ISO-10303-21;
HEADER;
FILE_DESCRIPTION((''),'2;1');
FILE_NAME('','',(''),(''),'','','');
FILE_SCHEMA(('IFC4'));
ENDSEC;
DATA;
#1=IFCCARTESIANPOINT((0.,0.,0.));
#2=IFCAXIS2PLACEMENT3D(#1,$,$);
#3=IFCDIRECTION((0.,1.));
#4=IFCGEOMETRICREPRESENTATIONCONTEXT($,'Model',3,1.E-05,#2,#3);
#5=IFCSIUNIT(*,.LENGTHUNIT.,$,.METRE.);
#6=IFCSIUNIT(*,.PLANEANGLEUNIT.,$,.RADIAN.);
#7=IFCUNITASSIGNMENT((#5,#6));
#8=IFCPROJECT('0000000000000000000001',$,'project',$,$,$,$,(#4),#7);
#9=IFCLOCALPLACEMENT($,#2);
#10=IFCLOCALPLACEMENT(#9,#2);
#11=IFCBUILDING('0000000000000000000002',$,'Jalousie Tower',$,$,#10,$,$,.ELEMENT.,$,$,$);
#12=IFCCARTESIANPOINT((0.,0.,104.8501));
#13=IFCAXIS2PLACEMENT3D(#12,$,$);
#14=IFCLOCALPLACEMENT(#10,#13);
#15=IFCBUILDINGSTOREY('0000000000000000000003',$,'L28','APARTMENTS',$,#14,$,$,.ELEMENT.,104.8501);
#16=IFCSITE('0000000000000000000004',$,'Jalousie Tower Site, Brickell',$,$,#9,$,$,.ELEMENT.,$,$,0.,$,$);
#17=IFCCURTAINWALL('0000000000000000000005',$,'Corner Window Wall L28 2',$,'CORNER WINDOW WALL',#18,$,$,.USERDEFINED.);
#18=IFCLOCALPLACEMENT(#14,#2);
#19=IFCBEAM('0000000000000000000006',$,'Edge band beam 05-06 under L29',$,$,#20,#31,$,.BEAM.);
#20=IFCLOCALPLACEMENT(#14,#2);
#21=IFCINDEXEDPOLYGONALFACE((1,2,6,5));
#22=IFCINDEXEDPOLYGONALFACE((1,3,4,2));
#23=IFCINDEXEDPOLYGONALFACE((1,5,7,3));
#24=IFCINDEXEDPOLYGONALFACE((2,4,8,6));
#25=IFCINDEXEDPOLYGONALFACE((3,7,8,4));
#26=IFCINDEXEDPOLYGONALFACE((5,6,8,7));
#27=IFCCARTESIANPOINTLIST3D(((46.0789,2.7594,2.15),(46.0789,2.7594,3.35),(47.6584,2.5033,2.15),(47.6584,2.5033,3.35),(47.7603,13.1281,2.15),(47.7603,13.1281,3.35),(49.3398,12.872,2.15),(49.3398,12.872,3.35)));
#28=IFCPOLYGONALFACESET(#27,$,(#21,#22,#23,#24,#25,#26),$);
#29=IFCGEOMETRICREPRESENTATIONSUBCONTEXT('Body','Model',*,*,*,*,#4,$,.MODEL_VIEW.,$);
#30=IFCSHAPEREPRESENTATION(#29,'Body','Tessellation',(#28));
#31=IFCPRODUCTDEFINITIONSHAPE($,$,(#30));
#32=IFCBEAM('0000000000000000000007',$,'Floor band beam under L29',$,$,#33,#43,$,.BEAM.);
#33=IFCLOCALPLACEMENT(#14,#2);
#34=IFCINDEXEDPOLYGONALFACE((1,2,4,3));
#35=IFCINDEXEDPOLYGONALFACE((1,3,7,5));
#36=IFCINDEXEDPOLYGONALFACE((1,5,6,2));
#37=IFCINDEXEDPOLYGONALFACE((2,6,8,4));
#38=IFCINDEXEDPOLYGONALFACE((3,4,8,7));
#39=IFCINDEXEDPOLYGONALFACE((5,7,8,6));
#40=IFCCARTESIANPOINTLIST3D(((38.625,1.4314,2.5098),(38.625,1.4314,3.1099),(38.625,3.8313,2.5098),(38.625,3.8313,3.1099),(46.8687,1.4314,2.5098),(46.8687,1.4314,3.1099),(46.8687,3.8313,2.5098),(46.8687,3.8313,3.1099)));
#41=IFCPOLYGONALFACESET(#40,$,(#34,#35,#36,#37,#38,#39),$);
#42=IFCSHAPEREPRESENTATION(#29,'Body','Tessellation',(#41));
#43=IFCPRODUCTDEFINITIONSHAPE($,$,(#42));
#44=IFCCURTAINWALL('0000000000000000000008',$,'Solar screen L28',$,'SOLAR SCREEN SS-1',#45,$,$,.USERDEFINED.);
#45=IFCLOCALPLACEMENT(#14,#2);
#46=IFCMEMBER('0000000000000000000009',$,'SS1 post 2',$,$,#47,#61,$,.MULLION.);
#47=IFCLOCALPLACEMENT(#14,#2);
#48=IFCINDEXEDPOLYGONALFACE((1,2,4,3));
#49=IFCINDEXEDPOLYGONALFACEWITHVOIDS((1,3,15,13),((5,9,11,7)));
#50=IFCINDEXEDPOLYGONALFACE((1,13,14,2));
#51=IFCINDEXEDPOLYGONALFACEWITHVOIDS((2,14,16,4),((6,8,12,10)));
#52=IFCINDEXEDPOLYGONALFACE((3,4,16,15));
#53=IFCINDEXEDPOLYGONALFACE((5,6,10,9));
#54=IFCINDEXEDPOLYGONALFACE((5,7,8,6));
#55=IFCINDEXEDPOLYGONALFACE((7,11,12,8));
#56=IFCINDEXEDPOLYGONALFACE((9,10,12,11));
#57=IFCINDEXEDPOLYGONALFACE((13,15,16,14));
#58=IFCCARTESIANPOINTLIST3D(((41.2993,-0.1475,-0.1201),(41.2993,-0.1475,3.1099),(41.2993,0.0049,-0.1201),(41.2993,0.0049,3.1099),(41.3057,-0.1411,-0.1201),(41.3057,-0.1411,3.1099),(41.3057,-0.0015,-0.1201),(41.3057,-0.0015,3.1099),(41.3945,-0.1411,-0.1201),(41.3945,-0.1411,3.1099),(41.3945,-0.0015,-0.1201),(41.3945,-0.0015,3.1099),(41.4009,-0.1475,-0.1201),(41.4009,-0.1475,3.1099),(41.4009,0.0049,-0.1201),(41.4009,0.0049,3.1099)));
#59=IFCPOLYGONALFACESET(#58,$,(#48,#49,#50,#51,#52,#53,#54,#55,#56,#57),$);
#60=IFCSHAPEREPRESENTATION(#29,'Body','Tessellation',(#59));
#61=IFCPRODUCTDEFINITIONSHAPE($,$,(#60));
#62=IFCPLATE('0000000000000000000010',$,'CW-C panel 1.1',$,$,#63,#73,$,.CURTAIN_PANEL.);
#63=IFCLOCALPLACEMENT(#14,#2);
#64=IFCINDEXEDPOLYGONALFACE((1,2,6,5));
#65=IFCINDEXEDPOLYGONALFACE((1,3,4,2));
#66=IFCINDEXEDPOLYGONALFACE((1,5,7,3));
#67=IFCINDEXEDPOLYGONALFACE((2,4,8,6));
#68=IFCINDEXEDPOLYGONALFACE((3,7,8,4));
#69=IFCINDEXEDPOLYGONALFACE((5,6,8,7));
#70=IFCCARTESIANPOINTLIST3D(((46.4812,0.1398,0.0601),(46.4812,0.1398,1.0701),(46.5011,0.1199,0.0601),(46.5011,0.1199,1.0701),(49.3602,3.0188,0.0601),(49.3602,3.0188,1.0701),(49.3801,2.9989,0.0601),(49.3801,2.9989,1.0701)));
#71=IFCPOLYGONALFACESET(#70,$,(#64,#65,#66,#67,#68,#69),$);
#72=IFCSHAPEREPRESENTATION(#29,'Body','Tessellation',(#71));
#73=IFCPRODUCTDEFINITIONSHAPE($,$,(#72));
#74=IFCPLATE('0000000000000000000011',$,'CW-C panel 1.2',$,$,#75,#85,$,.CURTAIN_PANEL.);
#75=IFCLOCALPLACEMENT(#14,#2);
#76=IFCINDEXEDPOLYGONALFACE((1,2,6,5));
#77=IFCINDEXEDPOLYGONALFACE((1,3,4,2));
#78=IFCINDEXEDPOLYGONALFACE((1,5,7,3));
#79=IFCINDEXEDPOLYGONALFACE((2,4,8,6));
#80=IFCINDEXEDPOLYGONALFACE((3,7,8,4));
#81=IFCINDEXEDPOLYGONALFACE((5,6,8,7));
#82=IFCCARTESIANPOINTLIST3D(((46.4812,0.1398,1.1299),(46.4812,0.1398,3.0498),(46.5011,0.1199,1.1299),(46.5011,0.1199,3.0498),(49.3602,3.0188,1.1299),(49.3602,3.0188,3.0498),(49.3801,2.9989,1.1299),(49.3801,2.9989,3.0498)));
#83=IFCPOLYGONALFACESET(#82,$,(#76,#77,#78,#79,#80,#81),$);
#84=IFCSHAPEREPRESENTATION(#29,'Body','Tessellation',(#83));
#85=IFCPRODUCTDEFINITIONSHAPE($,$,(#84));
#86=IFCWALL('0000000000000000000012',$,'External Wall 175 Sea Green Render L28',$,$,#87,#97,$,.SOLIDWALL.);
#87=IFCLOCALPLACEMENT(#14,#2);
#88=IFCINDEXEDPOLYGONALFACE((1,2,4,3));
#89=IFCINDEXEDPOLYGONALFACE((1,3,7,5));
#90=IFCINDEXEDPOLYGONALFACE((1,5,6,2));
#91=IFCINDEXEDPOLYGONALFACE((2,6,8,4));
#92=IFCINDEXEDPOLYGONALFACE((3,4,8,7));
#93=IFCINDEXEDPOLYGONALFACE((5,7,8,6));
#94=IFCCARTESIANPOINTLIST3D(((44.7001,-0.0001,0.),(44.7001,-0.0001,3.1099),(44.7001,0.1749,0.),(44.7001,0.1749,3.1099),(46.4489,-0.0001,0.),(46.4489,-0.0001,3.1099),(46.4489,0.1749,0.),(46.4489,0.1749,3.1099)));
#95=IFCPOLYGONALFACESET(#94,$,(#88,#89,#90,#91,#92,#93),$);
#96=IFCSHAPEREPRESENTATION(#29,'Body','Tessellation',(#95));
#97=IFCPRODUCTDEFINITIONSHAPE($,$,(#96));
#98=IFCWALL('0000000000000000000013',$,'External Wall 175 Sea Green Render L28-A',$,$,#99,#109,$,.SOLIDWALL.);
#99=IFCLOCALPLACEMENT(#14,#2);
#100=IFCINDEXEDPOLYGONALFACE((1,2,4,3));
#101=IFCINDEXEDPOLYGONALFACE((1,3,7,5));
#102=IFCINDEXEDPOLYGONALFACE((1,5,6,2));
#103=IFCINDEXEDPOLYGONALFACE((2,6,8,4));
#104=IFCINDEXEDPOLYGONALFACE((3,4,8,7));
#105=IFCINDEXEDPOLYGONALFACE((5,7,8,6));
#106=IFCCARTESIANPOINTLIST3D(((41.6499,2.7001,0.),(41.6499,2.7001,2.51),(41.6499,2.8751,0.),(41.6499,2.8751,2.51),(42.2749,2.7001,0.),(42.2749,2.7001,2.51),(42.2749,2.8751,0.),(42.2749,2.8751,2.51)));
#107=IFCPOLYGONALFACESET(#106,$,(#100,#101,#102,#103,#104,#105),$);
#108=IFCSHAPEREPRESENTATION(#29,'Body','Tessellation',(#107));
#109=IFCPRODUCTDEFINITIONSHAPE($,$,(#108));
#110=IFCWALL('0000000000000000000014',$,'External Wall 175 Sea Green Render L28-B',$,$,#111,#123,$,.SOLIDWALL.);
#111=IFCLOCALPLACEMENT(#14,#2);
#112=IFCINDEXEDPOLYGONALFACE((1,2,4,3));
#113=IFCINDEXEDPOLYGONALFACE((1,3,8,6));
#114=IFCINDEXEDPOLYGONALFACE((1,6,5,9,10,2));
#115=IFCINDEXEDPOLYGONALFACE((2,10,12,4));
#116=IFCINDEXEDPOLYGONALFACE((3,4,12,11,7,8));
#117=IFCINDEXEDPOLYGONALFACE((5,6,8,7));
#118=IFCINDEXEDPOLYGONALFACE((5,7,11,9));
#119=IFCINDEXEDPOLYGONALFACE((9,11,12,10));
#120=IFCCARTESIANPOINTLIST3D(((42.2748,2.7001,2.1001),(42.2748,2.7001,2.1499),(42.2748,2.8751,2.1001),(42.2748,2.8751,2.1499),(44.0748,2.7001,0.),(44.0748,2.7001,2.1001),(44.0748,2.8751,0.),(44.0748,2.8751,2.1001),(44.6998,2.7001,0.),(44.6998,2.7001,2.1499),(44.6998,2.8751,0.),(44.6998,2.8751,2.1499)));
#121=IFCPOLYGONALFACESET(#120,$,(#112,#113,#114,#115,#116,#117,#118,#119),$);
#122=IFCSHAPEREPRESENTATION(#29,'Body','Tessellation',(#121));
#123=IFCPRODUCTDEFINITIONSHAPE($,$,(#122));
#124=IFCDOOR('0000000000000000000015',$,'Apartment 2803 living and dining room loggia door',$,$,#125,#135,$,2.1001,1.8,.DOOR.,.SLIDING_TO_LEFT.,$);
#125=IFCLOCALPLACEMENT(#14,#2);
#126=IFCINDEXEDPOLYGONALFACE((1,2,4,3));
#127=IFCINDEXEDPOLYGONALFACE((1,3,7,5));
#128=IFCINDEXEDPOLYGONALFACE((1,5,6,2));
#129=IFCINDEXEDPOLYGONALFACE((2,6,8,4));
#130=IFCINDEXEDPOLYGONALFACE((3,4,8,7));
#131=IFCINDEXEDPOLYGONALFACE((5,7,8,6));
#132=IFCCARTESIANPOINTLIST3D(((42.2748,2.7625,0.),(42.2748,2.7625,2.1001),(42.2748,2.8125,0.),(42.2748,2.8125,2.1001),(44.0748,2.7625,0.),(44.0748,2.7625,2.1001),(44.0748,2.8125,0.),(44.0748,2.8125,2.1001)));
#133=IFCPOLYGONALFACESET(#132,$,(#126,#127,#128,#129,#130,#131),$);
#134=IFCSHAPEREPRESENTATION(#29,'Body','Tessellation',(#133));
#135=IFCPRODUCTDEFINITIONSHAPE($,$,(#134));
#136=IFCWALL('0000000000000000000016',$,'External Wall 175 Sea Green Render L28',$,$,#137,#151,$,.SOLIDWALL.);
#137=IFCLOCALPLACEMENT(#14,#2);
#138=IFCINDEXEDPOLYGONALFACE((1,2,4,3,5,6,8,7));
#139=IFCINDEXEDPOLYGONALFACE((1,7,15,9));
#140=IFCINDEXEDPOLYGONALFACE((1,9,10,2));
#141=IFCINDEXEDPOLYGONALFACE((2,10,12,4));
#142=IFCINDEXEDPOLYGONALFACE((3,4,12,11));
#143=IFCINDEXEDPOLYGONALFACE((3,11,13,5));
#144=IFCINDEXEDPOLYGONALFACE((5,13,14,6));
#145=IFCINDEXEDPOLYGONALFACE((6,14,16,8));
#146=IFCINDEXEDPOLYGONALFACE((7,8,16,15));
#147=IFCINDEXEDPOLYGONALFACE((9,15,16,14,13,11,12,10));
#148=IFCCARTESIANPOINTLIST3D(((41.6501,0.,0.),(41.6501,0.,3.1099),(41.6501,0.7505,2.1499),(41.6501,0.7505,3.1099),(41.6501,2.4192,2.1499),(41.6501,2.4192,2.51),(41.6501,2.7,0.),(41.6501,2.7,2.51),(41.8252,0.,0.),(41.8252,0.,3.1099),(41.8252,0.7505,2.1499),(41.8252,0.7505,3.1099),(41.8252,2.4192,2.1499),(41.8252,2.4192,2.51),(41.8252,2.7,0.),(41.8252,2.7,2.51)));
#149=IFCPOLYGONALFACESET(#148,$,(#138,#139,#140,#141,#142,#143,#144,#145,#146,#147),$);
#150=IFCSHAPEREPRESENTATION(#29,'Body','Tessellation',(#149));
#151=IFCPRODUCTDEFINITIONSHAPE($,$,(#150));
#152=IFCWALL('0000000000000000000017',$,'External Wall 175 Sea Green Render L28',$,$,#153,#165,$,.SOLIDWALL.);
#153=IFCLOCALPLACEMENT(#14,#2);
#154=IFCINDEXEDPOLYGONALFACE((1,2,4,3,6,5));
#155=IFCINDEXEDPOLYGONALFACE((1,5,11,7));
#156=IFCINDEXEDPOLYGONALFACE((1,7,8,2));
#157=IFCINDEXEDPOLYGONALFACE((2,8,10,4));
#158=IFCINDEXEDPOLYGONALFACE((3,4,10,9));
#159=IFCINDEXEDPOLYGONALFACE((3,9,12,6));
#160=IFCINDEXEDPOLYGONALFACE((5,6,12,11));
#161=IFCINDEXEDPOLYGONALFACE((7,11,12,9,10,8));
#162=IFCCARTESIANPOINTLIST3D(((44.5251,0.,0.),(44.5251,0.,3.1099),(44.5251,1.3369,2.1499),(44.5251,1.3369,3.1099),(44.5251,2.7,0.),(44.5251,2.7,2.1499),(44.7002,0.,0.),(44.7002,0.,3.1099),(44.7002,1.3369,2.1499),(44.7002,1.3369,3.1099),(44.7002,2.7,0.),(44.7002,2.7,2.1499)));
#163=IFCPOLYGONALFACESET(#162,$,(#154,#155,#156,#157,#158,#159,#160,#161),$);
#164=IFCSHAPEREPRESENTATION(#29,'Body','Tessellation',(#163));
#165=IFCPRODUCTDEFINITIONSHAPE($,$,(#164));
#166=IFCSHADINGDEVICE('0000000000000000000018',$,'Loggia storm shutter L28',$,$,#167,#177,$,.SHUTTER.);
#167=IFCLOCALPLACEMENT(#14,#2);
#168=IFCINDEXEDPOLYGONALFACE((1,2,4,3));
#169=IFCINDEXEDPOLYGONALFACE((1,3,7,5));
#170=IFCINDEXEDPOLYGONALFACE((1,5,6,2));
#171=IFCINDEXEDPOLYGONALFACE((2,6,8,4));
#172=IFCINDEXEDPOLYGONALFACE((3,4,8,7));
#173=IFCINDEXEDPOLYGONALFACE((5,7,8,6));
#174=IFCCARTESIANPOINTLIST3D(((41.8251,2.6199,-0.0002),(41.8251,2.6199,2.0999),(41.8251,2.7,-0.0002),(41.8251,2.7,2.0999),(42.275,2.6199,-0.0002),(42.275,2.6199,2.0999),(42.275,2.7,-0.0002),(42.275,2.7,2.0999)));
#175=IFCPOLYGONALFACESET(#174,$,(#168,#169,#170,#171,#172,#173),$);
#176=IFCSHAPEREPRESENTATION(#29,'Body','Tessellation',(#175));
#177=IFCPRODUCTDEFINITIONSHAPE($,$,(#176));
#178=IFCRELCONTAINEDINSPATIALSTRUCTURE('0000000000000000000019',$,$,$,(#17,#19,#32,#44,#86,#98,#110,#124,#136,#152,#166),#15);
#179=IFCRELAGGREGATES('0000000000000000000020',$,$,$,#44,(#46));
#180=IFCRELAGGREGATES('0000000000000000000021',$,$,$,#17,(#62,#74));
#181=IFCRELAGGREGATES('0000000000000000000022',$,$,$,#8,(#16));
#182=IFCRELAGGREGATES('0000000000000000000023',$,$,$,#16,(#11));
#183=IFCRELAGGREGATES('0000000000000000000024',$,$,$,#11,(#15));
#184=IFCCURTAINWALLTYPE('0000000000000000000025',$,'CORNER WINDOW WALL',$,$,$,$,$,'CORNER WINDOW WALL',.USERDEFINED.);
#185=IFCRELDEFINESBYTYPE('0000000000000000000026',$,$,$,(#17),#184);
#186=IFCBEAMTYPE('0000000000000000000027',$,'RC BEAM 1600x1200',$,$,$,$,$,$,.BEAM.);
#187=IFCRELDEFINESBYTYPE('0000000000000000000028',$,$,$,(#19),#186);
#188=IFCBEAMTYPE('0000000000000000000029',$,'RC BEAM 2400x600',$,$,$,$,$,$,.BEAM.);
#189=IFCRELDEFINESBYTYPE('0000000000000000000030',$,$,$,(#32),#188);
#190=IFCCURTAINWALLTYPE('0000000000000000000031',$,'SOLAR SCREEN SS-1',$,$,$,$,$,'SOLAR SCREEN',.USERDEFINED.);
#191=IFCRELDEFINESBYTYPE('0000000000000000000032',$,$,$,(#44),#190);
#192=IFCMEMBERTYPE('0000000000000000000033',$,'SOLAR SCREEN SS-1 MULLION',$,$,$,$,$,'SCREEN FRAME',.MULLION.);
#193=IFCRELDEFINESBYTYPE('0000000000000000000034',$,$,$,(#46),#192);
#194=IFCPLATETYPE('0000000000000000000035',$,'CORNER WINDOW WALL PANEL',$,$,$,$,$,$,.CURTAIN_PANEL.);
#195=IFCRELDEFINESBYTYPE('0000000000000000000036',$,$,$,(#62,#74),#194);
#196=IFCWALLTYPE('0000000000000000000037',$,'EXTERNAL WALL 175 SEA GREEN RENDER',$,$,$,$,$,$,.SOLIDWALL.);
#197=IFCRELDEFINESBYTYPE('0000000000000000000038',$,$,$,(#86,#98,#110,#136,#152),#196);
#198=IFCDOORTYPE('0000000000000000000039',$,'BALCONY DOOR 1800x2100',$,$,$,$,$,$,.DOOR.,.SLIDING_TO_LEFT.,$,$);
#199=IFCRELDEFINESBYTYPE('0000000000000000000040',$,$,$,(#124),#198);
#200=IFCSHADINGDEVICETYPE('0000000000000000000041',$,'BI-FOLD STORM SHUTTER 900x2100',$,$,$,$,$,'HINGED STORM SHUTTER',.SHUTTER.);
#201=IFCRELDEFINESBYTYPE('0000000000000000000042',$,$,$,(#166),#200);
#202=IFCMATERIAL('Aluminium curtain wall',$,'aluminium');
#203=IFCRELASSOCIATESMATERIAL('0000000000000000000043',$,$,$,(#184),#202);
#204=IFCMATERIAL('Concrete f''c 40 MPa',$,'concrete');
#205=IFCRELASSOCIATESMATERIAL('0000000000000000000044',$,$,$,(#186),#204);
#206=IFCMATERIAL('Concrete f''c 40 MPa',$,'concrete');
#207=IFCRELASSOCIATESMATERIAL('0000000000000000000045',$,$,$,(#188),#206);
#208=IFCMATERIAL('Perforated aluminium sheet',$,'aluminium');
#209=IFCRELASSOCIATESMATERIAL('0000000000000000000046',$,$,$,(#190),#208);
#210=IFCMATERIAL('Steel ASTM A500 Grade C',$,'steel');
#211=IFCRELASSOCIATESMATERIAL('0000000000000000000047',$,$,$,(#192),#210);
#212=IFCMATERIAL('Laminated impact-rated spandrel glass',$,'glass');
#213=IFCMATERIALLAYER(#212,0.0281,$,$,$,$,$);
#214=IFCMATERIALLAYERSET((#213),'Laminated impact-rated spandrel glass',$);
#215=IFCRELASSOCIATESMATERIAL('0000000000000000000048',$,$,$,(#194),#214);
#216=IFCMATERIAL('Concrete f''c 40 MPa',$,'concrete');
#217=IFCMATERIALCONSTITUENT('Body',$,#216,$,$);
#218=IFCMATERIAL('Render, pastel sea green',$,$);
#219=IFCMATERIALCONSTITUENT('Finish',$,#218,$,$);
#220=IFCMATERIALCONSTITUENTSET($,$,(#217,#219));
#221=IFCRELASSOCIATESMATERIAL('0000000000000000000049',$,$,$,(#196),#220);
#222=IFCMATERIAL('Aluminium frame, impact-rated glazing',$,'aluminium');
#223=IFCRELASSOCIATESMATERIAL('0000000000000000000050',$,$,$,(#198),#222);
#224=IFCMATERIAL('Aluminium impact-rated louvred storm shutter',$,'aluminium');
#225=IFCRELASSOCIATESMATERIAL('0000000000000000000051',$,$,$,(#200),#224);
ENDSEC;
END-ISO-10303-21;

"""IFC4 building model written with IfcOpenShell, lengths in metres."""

from ifc_helpers import new_model, si_unit, direction, frame, frame_2d, origin, origin_2d, place, context, subcontext, project, spatial, polyline, rectangle, hollow_rectangle, outline, extrude, material, layer, layer_set, constituent, constituent_set, material_profile, profile_set, type_object, element, fill, aggregate, save


model = new_model("IFC4")

# Units and contexts
model_context = context("Model", 3, precision=1e-05, world=origin(), true_north=direction((0.0, 1.0)))
body_context = subcontext(model_context, "Body", "Model", "MODEL_VIEW")
ifc_project = project(units=[si_unit("LENGTHUNIT", "METRE"), si_unit("PLANEANGLEUNIT", "RADIAN")], contexts=[model_context])

# Site, building, storey
site_placement = place(None, origin())
site = spatial("IfcSite", under=ifc_project, at=site_placement, Name="Jalousie Tower Site, Brickell", CompositionType="ELEMENT", RefElevation=0.0)
building_placement = place(site_placement, origin())
building = spatial("IfcBuilding", under=site, at=building_placement, Name="Jalousie Tower", CompositionType="ELEMENT")
storey_placement = place(building_placement, frame((0.0, 0.0, 104.8501)))
storey = spatial("IfcBuildingStorey", under=building, at=storey_placement, Name="L28", Description="APARTMENTS", CompositionType="ELEMENT", Elevation=104.8501)

# Curtain wall
ifc_material_1 = material(Name="Aluminium curtain wall", Category="aluminium")
curtain_wall_type_1 = type_object("IfcCurtainWallType", Name="CORNER WINDOW WALL", ElementType="CORNER WINDOW WALL", PredefinedType="USERDEFINED", material=ifc_material_1)
curtain_wall_1_placement = place(storey_placement, origin())
curtain_wall_1 = element("IfcCurtainWall", 1, at=curtain_wall_1_placement, inside=storey, type_object=curtain_wall_type_1, Name="Corner Window Wall L28 2", ObjectType="CORNER WINDOW WALL", PredefinedType="USERDEFINED")

# Beams
ifc_material_2 = material(Name="Concrete f'c 40 MPa", Category="concrete")
ifc_material_profile_1 = material_profile(ifc_material_2, rectangle(XDim=1.6001, YDim=1.2, at=origin_2d()), Name="RC 1600x1200")
ifc_profile_set_1 = profile_set([ifc_material_profile_1], Name="Concrete f'c 40 MPa")
beam_type_1 = type_object("IfcBeamType", Name="RC BEAM 1600x1200", PredefinedType="BEAM", material=ifc_profile_set_1)
beam_1_placement = place(storey_placement, frame((46.8687, 2.6313, 2.75), z_axis=(0.160071, 0.987106, 0.0), x_axis=(-0.987106, 0.160071, 0.0)))
element("IfcBeam", 2, at=beam_1_placement, inside=storey, type_object=beam_type_1, Name="Edge band beam 05-06 under L29", PredefinedType="BEAM", context=body_context, shape_type="SweptSolid", body=[
    extrude(rectangle(XDim=1.6001, YDim=1.2, at=origin_2d()), origin(), (0.0, 0.0, 1.0), 10.5042),
])
ifc_material_3 = material(Name="Concrete f'c 40 MPa", Category="concrete")
ifc_material_profile_2 = material_profile(ifc_material_3, rectangle(XDim=2.3999, YDim=0.6001, at=origin_2d()), Name="RC 2400x600")
ifc_profile_set_2 = profile_set([ifc_material_profile_2], Name="Concrete f'c 40 MPa")
beam_type_2 = type_object("IfcBeamType", Name="RC BEAM 2400x600", PredefinedType="BEAM", material=ifc_profile_set_2)
beam_2_placement = place(storey_placement, frame((46.8687, 2.6313, 2.8098), z_axis=(-1.0, 0.0, 0.0), x_axis=(0.0, -1.0, 0.0)))
element("IfcBeam", 3, at=beam_2_placement, inside=storey, type_object=beam_type_2, Name="Floor band beam under L29", PredefinedType="BEAM", context=body_context, shape_type="SweptSolid", body=[
    extrude(rectangle(XDim=2.3999, YDim=0.6001, at=origin_2d()), origin(), (0.0, 0.0, 1.0), 8.2437),
])

# Curtain wall, member
ifc_material_4 = material(Name="Perforated aluminium sheet", Category="aluminium")
curtain_wall_type_2 = type_object("IfcCurtainWallType", Name="SOLAR SCREEN SS-1", ElementType="SOLAR SCREEN", PredefinedType="USERDEFINED", material=ifc_material_4)
curtain_wall_2_placement = place(storey_placement, origin())
curtain_wall_2 = element("IfcCurtainWall", 4, at=curtain_wall_2_placement, inside=storey, type_object=curtain_wall_type_2, Name="Solar screen L28", ObjectType="SOLAR SCREEN SS-1", PredefinedType="USERDEFINED")
ifc_material_5 = material(Name="Steel ASTM A500 Grade C", Category="steel")
ifc_material_profile_3 = material_profile(ifc_material_5, hollow_rectangle(XDim=0.1016, YDim=0.1523, WallThickness=0.0063, at=origin_2d()), Name="HSS6X4X1/4")
ifc_profile_set_3 = profile_set([ifc_material_profile_3], Name="Steel ASTM A500 Grade C")
member_type_1 = type_object("IfcMemberType", Name="SOLAR SCREEN SS-1 MULLION", ElementType="SCREEN FRAME", PredefinedType="MULLION", material=ifc_profile_set_3)
member_1_placement = place(storey_placement, frame((41.3501, -0.0713, -0.1201), z_axis=(0.0, 0.0, 1.0), x_axis=(1.0, 0.0, 0.0)))
member_1 = element("IfcMember", 5, at=member_1_placement, type_object=member_type_1, Name="SS1 post 2", PredefinedType="MULLION", context=body_context, shape_type="SweptSolid", body=[
    extrude(hollow_rectangle(XDim=0.1016, YDim=0.1523, WallThickness=0.0063, at=origin_2d()), origin(), (0.0, 0.0, 1.0), 3.23),
])
aggregate(curtain_wall_2, [member_1])

# Plates
ifc_material_6 = material(Name="Laminated impact-rated spandrel glass", Category="glass")
ifc_layer_1 = layer(ifc_material_6, 0.0281)
ifc_layer_set_1 = layer_set([ifc_layer_1], Name="Laminated impact-rated spandrel glass")
plate_type = type_object("IfcPlateType", Name="CORNER WINDOW WALL PANEL", PredefinedType="CURTAIN_PANEL", material=ifc_layer_set_1)
plate_1_placement = place(storey_placement, frame((47.9307, 1.5693, 0.0601), z_axis=(0.0, 0.0, 1.0), x_axis=(0.707107, 0.707107, 0.0)))
plate_1 = element("IfcPlate", 6, at=plate_1_placement, type_object=plate_type, Name="CW-C panel 1.1", PredefinedType="CURTAIN_PANEL", context=body_context, shape_type="SweptSolid", body=[
    extrude(rectangle(XDim=4.0715, YDim=0.0281, at=origin_2d()), origin(), (0.0, 0.0, 1.0), 1.01),
])
plate_2_placement = place(storey_placement, frame((47.9307, 1.5693, 1.1299), z_axis=(0.0, 0.0, 1.0), x_axis=(0.707107, 0.707107, 0.0)))
plate_2 = element("IfcPlate", 7, at=plate_2_placement, type_object=plate_type, Name="CW-C panel 1.2", PredefinedType="CURTAIN_PANEL", context=body_context, shape_type="SweptSolid", body=[
    extrude(rectangle(XDim=4.0715, YDim=0.0281, at=origin_2d()), origin(), (0.0, 0.0, 1.0), 1.9199),
])
aggregate(curtain_wall_1, [plate_1, plate_2])

# Walls
ifc_material_7 = material(Name="Concrete f'c 40 MPa", Category="concrete")
ifc_constituent_1 = constituent(ifc_material_7, Name="Body")
ifc_material_8 = material(Name="Render, pastel sea green")
ifc_constituent_2 = constituent(ifc_material_8, Name="Finish")
ifc_constituent_set = constituent_set(constituents=[ifc_constituent_1, ifc_constituent_2])
wall_type = type_object("IfcWallType", Name="EXTERNAL WALL 175 SEA GREEN RENDER", PredefinedType="SOLIDWALL", material=ifc_constituent_set)
wall_1_placement = place(storey_placement, frame((44.7, 0.0874, 0.0), z_axis=(0.0, 0.0, 1.0), x_axis=(1.0, 0.0, 0.0)))
element("IfcWall", 8, at=wall_1_placement, inside=storey, type_object=wall_type, Name="External Wall 175 Sea Green Render L28", PredefinedType="SOLIDWALL", context=body_context, shape_type="SweptSolid", body=[
    extrude(rectangle(XDim=1.7488, YDim=0.175, at=frame_2d((0.8745, 0.0))), origin(), (0.0, 0.0, 1.0), 3.1099),
])
wall_2_placement = place(storey_placement, frame((41.6499, 2.7876, 0.0), z_axis=(0.0, 0.0, 1.0), x_axis=(1.0, 0.0, 0.0)))
element("IfcWall", 9, at=wall_2_placement, inside=storey, type_object=wall_type, Name="External Wall 175 Sea Green Render L28-A", PredefinedType="SOLIDWALL", context=body_context, shape_type="SweptSolid", body=[
    extrude(rectangle(XDim=0.625, YDim=0.175, at=frame_2d((0.3125, 0.0))), origin(), (0.0, 0.0, 1.0), 2.51),
])

# Wall, opening, door
wall_3_placement = place(storey_placement, frame((42.2749, 2.7876, 0.0), z_axis=(0.0, 0.0, 1.0), x_axis=(1.0, 0.0, 0.0)))
wall_3 = element("IfcWall", 10, at=wall_3_placement, inside=storey, type_object=wall_type, Name="External Wall 175 Sea Green Render L28-B", PredefinedType="SOLIDWALL", context=body_context, shape_type="SweptSolid", body=[
    extrude(rectangle(XDim=2.425, YDim=0.175, at=frame_2d((1.2124, 0.0))), origin(), (0.0, 0.0, 1.0), 2.1499),
])
opening_placement = place(wall_3_placement, origin())
opening = element("IfcOpeningElement", 11, at=opening_placement, cuts=wall_3, PredefinedType="OPENING", context=body_context, shape_type="SweptSolid", body=[
    extrude(rectangle(XDim=1.8, YDim=2.1001, at=frame_2d((0.8999, 1.05))), frame((0.0, 0.0974, 0.0), z_axis=(0.0, -1.0, 0.0), x_axis=(1.0, 0.0, 0.0)), (0.0, 0.0, 1.0), 0.1951),
])
ifc_material_9 = material(Name="Aluminium frame, impact-rated glazing", Category="aluminium")
door_type = type_object("IfcDoorType", Name="BALCONY DOOR 1800x2100", OperationType="SLIDING_TO_LEFT", PredefinedType="DOOR", material=ifc_material_9)
door_placement = place(opening_placement, origin())
door = element("IfcDoor", 12, at=door_placement, inside=storey, type_object=door_type, Name="Apartment 2803 living and dining room loggia door", OperationType="SLIDING_TO_LEFT", OverallHeight=2.1001, OverallWidth=1.8, PredefinedType="DOOR", context=body_context, shape_type="SweptSolid", body=[
    extrude(rectangle(XDim=1.8, YDim=2.1001, at=frame_2d((0.8999, 1.05))), frame((0.0, 0.0249, 0.0), z_axis=(0.0, -1.0, 0.0), x_axis=(1.0, 0.0, 0.0)), (0.0, 0.0, 1.0), 0.05),
])
fill(opening, door)

# Walls
wall_4_placement = place(storey_placement, frame((41.7375, 0.0, 0.0), z_axis=(0.0, 0.0, 1.0), x_axis=(0.0, 1.0, 0.0)))
element("IfcWall", 13, at=wall_4_placement, inside=storey, type_object=wall_type, Name="External Wall 175 Sea Green Render L28", PredefinedType="SOLIDWALL", context=body_context, shape_type="SweptSolid", body=[
    extrude(outline(polyline([(0.0, 0.0), (2.7, 0.0), (2.7, 2.51), (2.4192, 2.51), (2.4192, 2.1499), (0.7505, 2.1499), (0.7505, 3.1099), (0.0, 3.1099), (0.0, 0.0)])), frame((0.0, 0.0874, 0.0), z_axis=(0.0, -1.0, 0.0), x_axis=(1.0, 0.0, 0.0)), (0.0, 0.0, 1.0), 0.175),
])
wall_5_placement = place(storey_placement, frame((44.6125, 0.0, 0.0), z_axis=(0.0, 0.0, 1.0), x_axis=(0.0, 1.0, 0.0)))
element("IfcWall", 14, at=wall_5_placement, inside=storey, type_object=wall_type, Name="External Wall 175 Sea Green Render L28", PredefinedType="SOLIDWALL", context=body_context, shape_type="SweptSolid", body=[
    extrude(outline(polyline([(0.0, 0.0), (2.7, 0.0), (2.7, 2.1499), (1.3369, 2.1499), (1.3369, 3.1099), (0.0, 3.1099), (0.0, 0.0)])), frame((0.0, 0.0874, 0.0), z_axis=(0.0, -1.0, 0.0), x_axis=(1.0, 0.0, 0.0)), (0.0, 0.0, 1.0), 0.175),
])

# Shading device
ifc_material_10 = material(Name="Aluminium impact-rated louvred storm shutter", Category="aluminium")
shading_device_type_1 = type_object("IfcShadingDeviceType", Name="BI-FOLD STORM SHUTTER 900x2100", ElementType="HINGED STORM SHUTTER", PredefinedType="SHUTTER", material=ifc_material_10)
for number, where, z_axis, x_axis, name in (
    (15, (42.05, 2.6599, -0.0002), (0.0, 0.0, 1.0), (1.0, 0.0, 0.0), "Loggia storm shutter L28"),
):
    element("IfcShadingDevice", number, at=place(storey_placement, frame(where, z_axis=z_axis, x_axis=x_axis)), inside=storey, type_object=shading_device_type_1, Name=name, PredefinedType="SHUTTER", context=body_context, shape_type="SweptSolid", body=[
        extrude(rectangle(XDim=0.45, YDim=0.0801, at=origin_2d()), origin(), (0.0, 0.0, 1.0), 2.1001),
    ])

save(model, "model.ifc")
